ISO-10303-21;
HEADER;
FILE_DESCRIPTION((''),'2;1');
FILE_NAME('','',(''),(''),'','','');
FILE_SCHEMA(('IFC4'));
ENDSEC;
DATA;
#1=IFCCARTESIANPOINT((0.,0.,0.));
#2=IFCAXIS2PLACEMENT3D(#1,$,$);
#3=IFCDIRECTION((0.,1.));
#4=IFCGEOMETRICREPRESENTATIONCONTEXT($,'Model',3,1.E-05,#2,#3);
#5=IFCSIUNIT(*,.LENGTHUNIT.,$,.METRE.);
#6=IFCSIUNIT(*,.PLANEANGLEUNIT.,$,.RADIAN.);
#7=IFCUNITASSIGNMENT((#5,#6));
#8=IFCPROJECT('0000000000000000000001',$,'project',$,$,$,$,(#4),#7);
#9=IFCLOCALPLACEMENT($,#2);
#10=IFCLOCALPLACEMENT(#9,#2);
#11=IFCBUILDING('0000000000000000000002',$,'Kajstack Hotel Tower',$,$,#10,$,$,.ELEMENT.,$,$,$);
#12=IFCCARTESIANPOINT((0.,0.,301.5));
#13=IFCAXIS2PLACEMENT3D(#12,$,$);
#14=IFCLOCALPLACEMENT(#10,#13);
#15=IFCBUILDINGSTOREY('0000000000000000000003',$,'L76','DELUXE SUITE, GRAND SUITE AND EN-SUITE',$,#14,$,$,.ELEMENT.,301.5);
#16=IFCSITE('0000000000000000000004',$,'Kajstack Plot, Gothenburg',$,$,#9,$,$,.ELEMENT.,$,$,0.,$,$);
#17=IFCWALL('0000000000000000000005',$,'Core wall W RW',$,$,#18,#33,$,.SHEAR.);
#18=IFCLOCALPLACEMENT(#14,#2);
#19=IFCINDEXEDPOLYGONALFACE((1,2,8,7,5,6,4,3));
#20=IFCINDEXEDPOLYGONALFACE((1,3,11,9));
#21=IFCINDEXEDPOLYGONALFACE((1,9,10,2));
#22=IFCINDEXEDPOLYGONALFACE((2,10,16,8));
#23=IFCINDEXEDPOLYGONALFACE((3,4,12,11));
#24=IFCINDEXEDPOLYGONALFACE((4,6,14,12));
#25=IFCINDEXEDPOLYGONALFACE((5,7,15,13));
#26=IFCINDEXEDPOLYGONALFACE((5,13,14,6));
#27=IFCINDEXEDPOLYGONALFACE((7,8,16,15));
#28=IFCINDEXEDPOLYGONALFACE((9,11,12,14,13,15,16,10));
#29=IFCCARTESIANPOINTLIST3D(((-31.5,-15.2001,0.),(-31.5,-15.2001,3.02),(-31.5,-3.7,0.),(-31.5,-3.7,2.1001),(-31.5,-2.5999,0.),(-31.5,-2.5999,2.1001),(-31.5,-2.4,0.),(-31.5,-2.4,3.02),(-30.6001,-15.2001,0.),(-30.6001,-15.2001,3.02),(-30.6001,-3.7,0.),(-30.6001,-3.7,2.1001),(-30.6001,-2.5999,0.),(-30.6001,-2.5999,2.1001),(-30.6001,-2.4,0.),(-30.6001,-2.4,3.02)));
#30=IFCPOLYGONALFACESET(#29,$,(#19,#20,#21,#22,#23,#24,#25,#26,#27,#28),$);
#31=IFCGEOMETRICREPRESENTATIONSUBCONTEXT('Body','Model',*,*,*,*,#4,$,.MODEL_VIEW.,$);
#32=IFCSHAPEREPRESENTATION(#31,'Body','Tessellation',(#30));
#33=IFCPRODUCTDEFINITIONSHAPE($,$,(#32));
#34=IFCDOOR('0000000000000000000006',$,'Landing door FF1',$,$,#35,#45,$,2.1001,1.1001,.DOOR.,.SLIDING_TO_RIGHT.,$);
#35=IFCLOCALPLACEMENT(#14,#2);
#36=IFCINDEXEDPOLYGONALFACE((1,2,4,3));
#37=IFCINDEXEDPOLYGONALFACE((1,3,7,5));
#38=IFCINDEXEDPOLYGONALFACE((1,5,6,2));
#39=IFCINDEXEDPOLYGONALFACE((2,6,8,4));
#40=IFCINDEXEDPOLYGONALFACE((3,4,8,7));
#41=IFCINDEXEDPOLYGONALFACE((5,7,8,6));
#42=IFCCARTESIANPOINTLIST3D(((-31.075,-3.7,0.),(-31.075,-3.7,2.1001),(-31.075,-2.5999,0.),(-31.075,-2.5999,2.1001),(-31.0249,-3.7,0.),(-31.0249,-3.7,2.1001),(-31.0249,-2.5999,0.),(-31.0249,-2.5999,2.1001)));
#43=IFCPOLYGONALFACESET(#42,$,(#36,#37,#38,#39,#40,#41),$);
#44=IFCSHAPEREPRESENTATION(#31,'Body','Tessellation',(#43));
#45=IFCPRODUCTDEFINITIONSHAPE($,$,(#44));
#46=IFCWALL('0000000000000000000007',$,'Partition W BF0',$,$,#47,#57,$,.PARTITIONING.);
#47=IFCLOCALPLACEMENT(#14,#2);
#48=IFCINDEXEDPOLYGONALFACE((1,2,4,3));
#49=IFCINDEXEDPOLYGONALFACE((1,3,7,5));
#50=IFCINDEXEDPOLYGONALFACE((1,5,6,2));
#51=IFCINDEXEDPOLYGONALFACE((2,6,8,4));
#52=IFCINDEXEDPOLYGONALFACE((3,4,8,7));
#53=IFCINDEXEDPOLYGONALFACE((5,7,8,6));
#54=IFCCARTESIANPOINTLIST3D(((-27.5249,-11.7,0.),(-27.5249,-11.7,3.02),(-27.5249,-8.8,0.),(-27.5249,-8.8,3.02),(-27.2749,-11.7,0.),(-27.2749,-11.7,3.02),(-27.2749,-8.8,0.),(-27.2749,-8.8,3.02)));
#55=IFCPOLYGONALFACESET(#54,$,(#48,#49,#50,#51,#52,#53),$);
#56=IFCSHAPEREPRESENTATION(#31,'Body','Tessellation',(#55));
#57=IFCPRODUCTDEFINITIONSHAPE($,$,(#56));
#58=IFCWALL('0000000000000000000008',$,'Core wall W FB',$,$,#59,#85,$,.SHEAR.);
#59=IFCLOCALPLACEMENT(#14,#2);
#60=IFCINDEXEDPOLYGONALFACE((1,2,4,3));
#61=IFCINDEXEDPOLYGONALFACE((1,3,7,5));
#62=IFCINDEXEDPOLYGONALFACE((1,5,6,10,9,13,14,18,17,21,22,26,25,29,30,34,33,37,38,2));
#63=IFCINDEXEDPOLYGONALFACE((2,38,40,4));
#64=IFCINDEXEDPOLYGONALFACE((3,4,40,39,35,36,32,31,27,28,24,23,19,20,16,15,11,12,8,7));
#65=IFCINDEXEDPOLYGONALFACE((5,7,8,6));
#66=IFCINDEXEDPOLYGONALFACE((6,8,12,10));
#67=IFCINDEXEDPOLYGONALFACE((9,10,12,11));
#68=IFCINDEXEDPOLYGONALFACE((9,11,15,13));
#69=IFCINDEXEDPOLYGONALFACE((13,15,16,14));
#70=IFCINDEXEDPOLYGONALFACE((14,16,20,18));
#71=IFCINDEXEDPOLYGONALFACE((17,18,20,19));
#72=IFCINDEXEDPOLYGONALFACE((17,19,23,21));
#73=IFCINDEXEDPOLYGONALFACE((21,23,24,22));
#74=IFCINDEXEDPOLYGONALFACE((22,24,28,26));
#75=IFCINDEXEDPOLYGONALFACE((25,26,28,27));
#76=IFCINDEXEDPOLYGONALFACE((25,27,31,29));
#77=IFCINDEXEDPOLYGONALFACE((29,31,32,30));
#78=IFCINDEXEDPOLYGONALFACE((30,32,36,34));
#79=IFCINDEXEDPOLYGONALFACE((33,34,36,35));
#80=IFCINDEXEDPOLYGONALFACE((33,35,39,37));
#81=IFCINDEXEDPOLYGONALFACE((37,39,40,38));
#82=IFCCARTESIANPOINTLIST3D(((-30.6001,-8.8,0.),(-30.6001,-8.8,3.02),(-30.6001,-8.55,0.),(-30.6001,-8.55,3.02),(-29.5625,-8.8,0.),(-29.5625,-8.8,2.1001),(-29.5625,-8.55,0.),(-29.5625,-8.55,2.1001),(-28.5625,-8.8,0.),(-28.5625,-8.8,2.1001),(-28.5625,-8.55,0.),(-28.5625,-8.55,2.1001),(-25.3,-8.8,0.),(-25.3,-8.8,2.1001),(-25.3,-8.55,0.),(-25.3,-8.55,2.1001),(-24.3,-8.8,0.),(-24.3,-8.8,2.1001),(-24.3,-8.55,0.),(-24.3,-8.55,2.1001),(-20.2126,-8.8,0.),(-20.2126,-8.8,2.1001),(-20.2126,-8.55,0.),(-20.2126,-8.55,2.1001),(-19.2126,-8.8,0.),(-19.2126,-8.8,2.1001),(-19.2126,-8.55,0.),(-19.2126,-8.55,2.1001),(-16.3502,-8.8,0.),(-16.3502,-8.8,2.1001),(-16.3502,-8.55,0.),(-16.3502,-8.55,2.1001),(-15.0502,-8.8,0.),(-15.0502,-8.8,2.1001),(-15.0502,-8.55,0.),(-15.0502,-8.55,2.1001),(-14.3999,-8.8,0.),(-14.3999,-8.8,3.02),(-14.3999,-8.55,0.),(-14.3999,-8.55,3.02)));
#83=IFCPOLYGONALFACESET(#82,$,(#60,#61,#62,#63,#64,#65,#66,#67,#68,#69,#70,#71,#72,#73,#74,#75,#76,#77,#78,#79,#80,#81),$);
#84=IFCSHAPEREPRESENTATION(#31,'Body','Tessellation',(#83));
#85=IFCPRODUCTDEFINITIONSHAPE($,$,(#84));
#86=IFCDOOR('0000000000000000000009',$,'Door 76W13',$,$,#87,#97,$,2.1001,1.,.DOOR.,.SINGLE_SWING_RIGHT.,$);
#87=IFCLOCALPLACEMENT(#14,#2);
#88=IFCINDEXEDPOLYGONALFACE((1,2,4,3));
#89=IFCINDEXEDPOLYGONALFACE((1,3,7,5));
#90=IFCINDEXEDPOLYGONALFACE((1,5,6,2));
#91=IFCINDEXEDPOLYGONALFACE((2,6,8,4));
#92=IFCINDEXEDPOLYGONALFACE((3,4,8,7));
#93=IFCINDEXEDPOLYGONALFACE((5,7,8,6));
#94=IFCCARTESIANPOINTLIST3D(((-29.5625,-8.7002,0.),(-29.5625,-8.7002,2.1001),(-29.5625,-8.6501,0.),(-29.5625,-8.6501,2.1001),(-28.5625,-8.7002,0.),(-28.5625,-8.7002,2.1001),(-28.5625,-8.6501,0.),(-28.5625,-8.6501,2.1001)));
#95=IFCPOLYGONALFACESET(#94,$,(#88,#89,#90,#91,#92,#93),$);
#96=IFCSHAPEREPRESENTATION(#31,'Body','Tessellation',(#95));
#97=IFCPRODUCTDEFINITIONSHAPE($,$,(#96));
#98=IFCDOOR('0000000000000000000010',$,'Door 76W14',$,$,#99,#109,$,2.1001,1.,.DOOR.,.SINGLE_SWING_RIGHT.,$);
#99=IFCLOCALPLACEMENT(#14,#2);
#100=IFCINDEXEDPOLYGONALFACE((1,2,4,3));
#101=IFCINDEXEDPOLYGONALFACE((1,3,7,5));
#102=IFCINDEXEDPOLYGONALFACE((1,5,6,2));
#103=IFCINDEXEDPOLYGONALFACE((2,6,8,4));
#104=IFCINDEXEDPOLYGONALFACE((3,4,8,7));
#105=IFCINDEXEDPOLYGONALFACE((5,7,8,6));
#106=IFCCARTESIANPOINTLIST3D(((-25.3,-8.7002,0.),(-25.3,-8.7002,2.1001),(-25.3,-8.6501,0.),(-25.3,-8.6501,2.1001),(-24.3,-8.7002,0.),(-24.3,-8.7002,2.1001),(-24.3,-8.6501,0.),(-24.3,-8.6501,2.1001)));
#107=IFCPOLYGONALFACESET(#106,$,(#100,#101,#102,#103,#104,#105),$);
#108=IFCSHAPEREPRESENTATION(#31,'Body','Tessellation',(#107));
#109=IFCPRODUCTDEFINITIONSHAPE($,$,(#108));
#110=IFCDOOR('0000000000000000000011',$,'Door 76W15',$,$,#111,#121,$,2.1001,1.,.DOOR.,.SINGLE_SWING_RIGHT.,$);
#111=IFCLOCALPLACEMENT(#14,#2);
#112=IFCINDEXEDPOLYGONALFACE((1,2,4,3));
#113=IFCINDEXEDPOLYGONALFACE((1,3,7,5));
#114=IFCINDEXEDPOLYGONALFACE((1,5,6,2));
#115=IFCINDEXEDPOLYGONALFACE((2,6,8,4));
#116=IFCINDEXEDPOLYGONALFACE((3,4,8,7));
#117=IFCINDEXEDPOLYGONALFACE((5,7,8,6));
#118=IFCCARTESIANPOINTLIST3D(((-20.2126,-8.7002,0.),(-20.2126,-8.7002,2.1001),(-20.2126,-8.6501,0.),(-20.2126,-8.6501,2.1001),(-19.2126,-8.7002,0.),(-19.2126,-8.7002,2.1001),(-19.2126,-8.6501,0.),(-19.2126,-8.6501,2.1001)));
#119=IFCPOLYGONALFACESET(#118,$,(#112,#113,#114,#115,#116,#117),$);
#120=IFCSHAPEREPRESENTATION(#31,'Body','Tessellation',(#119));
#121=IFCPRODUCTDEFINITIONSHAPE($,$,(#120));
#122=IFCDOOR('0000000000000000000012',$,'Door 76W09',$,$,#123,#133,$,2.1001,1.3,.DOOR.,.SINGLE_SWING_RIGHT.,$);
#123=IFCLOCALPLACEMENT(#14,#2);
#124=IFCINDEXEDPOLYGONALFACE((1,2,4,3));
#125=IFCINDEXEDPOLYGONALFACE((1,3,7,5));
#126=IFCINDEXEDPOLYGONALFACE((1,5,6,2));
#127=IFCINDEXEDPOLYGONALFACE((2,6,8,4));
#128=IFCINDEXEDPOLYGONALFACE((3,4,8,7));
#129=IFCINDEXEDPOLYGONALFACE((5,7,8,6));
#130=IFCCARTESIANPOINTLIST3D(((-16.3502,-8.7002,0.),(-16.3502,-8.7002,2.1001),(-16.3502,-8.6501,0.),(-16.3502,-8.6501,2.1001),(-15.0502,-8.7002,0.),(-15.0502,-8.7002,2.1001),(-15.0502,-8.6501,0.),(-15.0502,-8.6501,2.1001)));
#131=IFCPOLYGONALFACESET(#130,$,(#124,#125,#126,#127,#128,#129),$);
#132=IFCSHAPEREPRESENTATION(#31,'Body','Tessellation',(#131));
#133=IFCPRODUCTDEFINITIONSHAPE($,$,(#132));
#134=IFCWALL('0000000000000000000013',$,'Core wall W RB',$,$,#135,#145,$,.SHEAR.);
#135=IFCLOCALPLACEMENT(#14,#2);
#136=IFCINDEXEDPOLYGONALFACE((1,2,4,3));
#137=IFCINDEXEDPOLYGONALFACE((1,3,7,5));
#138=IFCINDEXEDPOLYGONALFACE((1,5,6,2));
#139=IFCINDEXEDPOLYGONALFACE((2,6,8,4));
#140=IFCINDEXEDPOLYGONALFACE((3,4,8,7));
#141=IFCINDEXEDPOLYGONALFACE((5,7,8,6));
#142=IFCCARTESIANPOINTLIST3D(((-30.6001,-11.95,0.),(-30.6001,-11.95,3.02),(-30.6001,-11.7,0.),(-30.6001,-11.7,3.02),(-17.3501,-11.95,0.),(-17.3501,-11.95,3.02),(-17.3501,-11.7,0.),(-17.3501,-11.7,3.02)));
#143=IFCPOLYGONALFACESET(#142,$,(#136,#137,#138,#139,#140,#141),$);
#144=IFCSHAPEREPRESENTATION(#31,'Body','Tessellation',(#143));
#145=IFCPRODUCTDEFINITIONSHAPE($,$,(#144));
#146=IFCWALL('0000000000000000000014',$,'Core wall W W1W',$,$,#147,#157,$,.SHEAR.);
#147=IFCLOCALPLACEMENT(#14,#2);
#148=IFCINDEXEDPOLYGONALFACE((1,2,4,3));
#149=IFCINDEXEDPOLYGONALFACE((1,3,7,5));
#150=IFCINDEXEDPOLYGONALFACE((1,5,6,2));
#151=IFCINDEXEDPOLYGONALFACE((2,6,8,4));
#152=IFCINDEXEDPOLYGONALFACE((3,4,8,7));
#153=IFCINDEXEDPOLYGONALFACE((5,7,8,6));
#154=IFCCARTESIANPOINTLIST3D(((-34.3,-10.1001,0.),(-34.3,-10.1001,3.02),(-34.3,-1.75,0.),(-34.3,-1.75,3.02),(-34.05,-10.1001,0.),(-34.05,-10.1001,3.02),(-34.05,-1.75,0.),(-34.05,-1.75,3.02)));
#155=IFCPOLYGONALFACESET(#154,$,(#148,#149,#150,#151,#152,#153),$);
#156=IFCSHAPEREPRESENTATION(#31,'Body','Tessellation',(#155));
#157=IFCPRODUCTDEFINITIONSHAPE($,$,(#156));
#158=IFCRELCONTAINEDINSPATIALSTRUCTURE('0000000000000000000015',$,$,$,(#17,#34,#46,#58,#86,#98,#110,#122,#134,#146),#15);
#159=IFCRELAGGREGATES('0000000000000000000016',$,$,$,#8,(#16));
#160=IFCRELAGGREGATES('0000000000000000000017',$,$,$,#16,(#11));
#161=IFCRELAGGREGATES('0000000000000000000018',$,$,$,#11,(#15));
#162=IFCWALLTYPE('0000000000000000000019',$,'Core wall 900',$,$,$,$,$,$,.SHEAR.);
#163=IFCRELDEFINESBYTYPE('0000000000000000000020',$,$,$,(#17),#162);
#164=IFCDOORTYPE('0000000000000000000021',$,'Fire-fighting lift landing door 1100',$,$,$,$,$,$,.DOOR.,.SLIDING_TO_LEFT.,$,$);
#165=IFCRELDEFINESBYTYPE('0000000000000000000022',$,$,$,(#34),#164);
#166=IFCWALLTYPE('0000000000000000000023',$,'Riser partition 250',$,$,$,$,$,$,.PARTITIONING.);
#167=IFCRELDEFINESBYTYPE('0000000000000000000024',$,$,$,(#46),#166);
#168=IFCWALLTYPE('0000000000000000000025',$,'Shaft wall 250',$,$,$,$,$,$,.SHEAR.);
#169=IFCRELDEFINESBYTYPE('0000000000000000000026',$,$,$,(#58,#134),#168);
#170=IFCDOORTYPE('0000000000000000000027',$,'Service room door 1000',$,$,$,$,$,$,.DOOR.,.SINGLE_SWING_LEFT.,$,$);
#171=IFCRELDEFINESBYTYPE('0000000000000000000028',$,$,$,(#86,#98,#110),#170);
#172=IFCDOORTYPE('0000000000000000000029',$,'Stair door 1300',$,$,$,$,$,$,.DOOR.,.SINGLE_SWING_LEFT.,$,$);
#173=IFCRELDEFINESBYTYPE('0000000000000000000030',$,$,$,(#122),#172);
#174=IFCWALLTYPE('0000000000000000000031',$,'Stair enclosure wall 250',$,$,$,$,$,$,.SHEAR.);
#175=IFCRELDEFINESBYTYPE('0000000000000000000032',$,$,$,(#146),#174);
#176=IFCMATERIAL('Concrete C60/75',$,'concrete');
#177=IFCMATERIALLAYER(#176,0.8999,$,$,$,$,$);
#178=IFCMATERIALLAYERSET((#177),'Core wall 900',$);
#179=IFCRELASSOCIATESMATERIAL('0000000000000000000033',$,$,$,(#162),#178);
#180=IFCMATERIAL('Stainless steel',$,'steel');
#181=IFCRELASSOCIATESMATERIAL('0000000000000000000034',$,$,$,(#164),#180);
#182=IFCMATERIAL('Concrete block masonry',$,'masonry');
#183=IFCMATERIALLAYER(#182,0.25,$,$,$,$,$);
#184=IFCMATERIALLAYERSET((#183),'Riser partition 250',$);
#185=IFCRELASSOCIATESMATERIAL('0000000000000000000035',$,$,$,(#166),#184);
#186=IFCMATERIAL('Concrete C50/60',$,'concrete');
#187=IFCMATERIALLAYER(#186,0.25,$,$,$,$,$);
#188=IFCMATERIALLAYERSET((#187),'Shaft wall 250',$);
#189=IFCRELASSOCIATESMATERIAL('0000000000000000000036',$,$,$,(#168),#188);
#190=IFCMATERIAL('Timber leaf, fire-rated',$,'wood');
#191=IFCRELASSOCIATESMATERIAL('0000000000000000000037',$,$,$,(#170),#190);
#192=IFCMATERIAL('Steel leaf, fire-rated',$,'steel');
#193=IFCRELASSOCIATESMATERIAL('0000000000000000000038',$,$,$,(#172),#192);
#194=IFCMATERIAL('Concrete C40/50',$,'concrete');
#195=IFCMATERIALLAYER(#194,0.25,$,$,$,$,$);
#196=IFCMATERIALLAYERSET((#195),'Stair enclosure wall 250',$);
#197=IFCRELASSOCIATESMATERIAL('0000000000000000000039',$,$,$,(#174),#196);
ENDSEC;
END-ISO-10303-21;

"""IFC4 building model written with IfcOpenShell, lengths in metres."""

from ifc_helpers import new_model, si_unit, direction, frame, frame_2d, origin, place, context, subcontext, project, spatial, rectangle, extrude, material, layer, layer_set, type_object, element, fill, save


model = new_model("IFC4")

# Units and contexts
model_context = context("Model", 3, precision=1e-05, world=origin(), true_north=direction((0.0, 1.0)))
body_context = subcontext(model_context, "Body", "Model", "MODEL_VIEW")
ifc_project = project(units=[si_unit("LENGTHUNIT", "METRE"), si_unit("PLANEANGLEUNIT", "RADIAN")], contexts=[model_context])

# Site, building, storey
site_placement = place(None, origin())
site = spatial("IfcSite", under=ifc_project, at=site_placement, Name="Kajstack Plot, Gothenburg", CompositionType="ELEMENT", RefElevation=0.0)
building_placement = place(site_placement, origin())
building = spatial("IfcBuilding", under=site, at=building_placement, Name="Kajstack Hotel Tower", CompositionType="ELEMENT")
storey_placement = place(building_placement, frame((0.0, 0.0, 301.5)))
storey = spatial("IfcBuildingStorey", under=building, at=storey_placement, Name="L76", Description="DELUXE SUITE, GRAND SUITE AND EN-SUITE", CompositionType="ELEMENT", Elevation=301.5)

# Wall, opening, door
ifc_material_1 = material(Name="Concrete C60/75", Category="concrete")
ifc_layer_1 = layer(ifc_material_1, 0.8999)
ifc_layer_set_1 = layer_set([ifc_layer_1], Name="Core wall 900")
wall_type_1 = type_object("IfcWallType", Name="Core wall 900", PredefinedType="SHEAR", material=ifc_layer_set_1)
wall_1_placement = place(storey_placement, frame((-31.05, -15.2, 0.0), z_axis=(0.0, 0.0, 1.0), x_axis=(0.0, 1.0, 0.0)))
wall_1 = element("IfcWall", 1, at=wall_1_placement, inside=storey, type_object=wall_type_1, Name="Core wall W RW", PredefinedType="SHEAR", context=body_context, shape_type="SweptSolid", body=[
    extrude(rectangle(XDim=12.8, YDim=0.8999, at=frame_2d((6.3999, 0.0))), origin(), (0.0, 0.0, 1.0), 3.02),
])
opening_1_placement = place(wall_1_placement, frame((11.5, 0.0, 0.0)))
opening_1 = element("IfcOpeningElement", 2, at=opening_1_placement, cuts=wall_1, PredefinedType="OPENING", context=body_context, shape_type="SweptSolid", body=[
    extrude(rectangle(XDim=1.1001, YDim=2.1001, at=frame_2d((0.55, 1.05))), frame((0.0, 0.46, 0.0), z_axis=(0.0, -1.0, 0.0), x_axis=(1.0, 0.0, 0.0)), (0.0, 0.0, 1.0), 0.9199),
])
ifc_material_2 = material(Name="Stainless steel", Category="steel")
door_type_1 = type_object("IfcDoorType", Name="Fire-fighting lift landing door 1100", OperationType="SLIDING_TO_LEFT", PredefinedType="DOOR", material=ifc_material_2)
door_1_placement = place(opening_1_placement, origin())
door_1 = element("IfcDoor", 3, at=door_1_placement, inside=storey, type_object=door_type_1, Name="Landing door FF1", OperationType="SLIDING_TO_RIGHT", OverallHeight=2.1001, OverallWidth=1.1001, PredefinedType="DOOR", context=body_context, shape_type="SweptSolid", body=[
    extrude(rectangle(XDim=1.1001, YDim=2.1001, at=frame_2d((0.55, 1.05))), frame((0.0, 0.0249, 0.0), z_axis=(0.0, -1.0, 0.0), x_axis=(1.0, 0.0, 0.0)), (0.0, 0.0, 1.0), 0.05),
])
fill(opening_1, door_1)

# Wall
ifc_material_3 = material(Name="Concrete block masonry", Category="masonry")
ifc_layer_2 = layer(ifc_material_3, 0.25)
ifc_layer_set_2 = layer_set([ifc_layer_2], Name="Riser partition 250")
wall_type_2 = type_object("IfcWallType", Name="Riser partition 250", PredefinedType="PARTITIONING", material=ifc_layer_set_2)
wall_2_placement = place(storey_placement, frame((-27.3999, -11.7, 0.0), z_axis=(0.0, 0.0, 1.0), x_axis=(0.0, 1.0, 0.0)))
element("IfcWall", 4, at=wall_2_placement, inside=storey, type_object=wall_type_2, Name="Partition W BF0", PredefinedType="PARTITIONING", context=body_context, shape_type="SweptSolid", body=[
    extrude(rectangle(XDim=2.8999, YDim=0.25, at=frame_2d((1.45, 0.0))), origin(), (0.0, 0.0, 1.0), 3.02),
])

# Wall, openings, doors
ifc_material_4 = material(Name="Concrete C50/60", Category="concrete")
ifc_layer_3 = layer(ifc_material_4, 0.25)
ifc_layer_set_3 = layer_set([ifc_layer_3], Name="Shaft wall 250")
wall_type_3 = type_object("IfcWallType", Name="Shaft wall 250", PredefinedType="SHEAR", material=ifc_layer_set_3)
wall_3_placement = place(storey_placement, frame((-30.6001, -8.675, 0.0), z_axis=(0.0, 0.0, 1.0), x_axis=(1.0, 0.0, 0.0)))
wall_3 = element("IfcWall", 5, at=wall_3_placement, inside=storey, type_object=wall_type_3, Name="Core wall W FB", PredefinedType="SHEAR", context=body_context, shape_type="SweptSolid", body=[
    extrude(rectangle(XDim=16.2002, YDim=0.25, at=frame_2d((8.1001, 0.0))), origin(), (0.0, 0.0, 1.0), 3.02),
])
opening_2_placement = place(wall_3_placement, frame((14.25, 0.0, 0.0)))
opening_2 = element("IfcOpeningElement", 6, at=opening_2_placement, cuts=wall_3, PredefinedType="OPENING", context=body_context, shape_type="SweptSolid", body=[
    extrude(rectangle(XDim=1.3, YDim=2.1001, at=frame_2d((0.6499, 1.05))), frame((0.0, 0.135, 0.0), z_axis=(0.0, -1.0, 0.0), x_axis=(1.0, 0.0, 0.0)), (0.0, 0.0, 1.0), 0.27),
])
opening_3_placement = place(wall_3_placement, frame((1.0376, 0.0, 0.0)))
opening_3 = element("IfcOpeningElement", 7, at=opening_3_placement, cuts=wall_3, PredefinedType="OPENING", context=body_context, shape_type="SweptSolid", body=[
    extrude(rectangle(XDim=1.0, YDim=2.1001, at=frame_2d((0.5, 1.05))), frame((0.0, 0.135, 0.0), z_axis=(0.0, -1.0, 0.0), x_axis=(1.0, 0.0, 0.0)), (0.0, 0.0, 1.0), 0.27),
])
opening_4_placement = place(wall_3_placement, frame((5.3, 0.0, 0.0)))
opening_4 = element("IfcOpeningElement", 8, at=opening_4_placement, cuts=wall_3, PredefinedType="OPENING", context=body_context, shape_type="SweptSolid", body=[
    extrude(rectangle(XDim=1.0, YDim=2.1001, at=frame_2d((0.5, 1.05))), frame((0.0, 0.135, 0.0), z_axis=(0.0, -1.0, 0.0), x_axis=(1.0, 0.0, 0.0)), (0.0, 0.0, 1.0), 0.27),
])
opening_5_placement = place(wall_3_placement, frame((10.3875, 0.0, 0.0)))
opening_5 = element("IfcOpeningElement", 9, at=opening_5_placement, cuts=wall_3, PredefinedType="OPENING", context=body_context, shape_type="SweptSolid", body=[
    extrude(rectangle(XDim=1.0, YDim=2.1001, at=frame_2d((0.5, 1.05))), frame((0.0, 0.135, 0.0), z_axis=(0.0, -1.0, 0.0), x_axis=(1.0, 0.0, 0.0)), (0.0, 0.0, 1.0), 0.27),
])
ifc_material_5 = material(Name="Timber leaf, fire-rated", Category="wood")
door_type_2 = type_object("IfcDoorType", Name="Service room door 1000", OperationType="SINGLE_SWING_LEFT", PredefinedType="DOOR", material=ifc_material_5)
door_2_placement = place(opening_3_placement, origin())
door_2 = element("IfcDoor", 10, at=door_2_placement, inside=storey, type_object=door_type_2, Name="Door 76W13", OperationType="SINGLE_SWING_RIGHT", OverallHeight=2.1001, OverallWidth=1.0, PredefinedType="DOOR", context=body_context, shape_type="SweptSolid", body=[
    extrude(rectangle(XDim=1.0, YDim=2.1001, at=frame_2d((0.5, 1.05))), frame((0.0, 0.0249, 0.0), z_axis=(0.0, -1.0, 0.0), x_axis=(1.0, 0.0, 0.0)), (0.0, 0.0, 1.0), 0.05),
])
fill(opening_3, door_2)
door_3_placement = place(opening_4_placement, origin())
door_3 = element("IfcDoor", 11, at=door_3_placement, inside=storey, type_object=door_type_2, Name="Door 76W14", OperationType="SINGLE_SWING_RIGHT", OverallHeight=2.1001, OverallWidth=1.0, PredefinedType="DOOR", context=body_context, shape_type="SweptSolid", body=[
    extrude(rectangle(XDim=1.0, YDim=2.1001, at=frame_2d((0.5, 1.05))), frame((0.0, 0.0249, 0.0), z_axis=(0.0, -1.0, 0.0), x_axis=(1.0, 0.0, 0.0)), (0.0, 0.0, 1.0), 0.05),
])
fill(opening_4, door_3)
door_4_placement = place(opening_5_placement, origin())
door_4 = element("IfcDoor", 12, at=door_4_placement, inside=storey, type_object=door_type_2, Name="Door 76W15", OperationType="SINGLE_SWING_RIGHT", OverallHeight=2.1001, OverallWidth=1.0, PredefinedType="DOOR", context=body_context, shape_type="SweptSolid", body=[
    extrude(rectangle(XDim=1.0, YDim=2.1001, at=frame_2d((0.5, 1.05))), frame((0.0, 0.0249, 0.0), z_axis=(0.0, -1.0, 0.0), x_axis=(1.0, 0.0, 0.0)), (0.0, 0.0, 1.0), 0.05),
])
fill(opening_5, door_4)
ifc_material_6 = material(Name="Steel leaf, fire-rated", Category="steel")
door_type_3 = type_object("IfcDoorType", Name="Stair door 1300", OperationType="SINGLE_SWING_LEFT", PredefinedType="DOOR", material=ifc_material_6)
door_5_placement = place(opening_2_placement, origin())
door_5 = element("IfcDoor", 13, at=door_5_placement, inside=storey, type_object=door_type_3, Name="Door 76W09", OperationType="SINGLE_SWING_RIGHT", OverallHeight=2.1001, OverallWidth=1.3, PredefinedType="DOOR", context=body_context, shape_type="SweptSolid", body=[
    extrude(rectangle(XDim=1.3, YDim=2.1001, at=frame_2d((0.6499, 1.05))), frame((0.0, 0.0249, 0.0), z_axis=(0.0, -1.0, 0.0), x_axis=(1.0, 0.0, 0.0)), (0.0, 0.0, 1.0), 0.05),
])
fill(opening_2, door_5)

# Walls
wall_4_placement = place(storey_placement, frame((-30.6001, -11.825, 0.0), z_axis=(0.0, 0.0, 1.0), x_axis=(1.0, 0.0, 0.0)))
element("IfcWall", 14, at=wall_4_placement, inside=storey, type_object=wall_type_3, Name="Core wall W RB", PredefinedType="SHEAR", context=body_context, shape_type="SweptSolid", body=[
    extrude(rectangle(XDim=13.25, YDim=0.25, at=frame_2d((6.625, 0.0))), origin(), (0.0, 0.0, 1.0), 3.02),
])
ifc_material_7 = material(Name="Concrete C40/50", Category="concrete")
ifc_layer_4 = layer(ifc_material_7, 0.25)
ifc_layer_set_4 = layer_set([ifc_layer_4], Name="Stair enclosure wall 250")
wall_type_4 = type_object("IfcWallType", Name="Stair enclosure wall 250", PredefinedType="SHEAR", material=ifc_layer_set_4)
wall_5_placement = place(storey_placement, frame((-34.175, -10.1001, 0.0), z_axis=(0.0, 0.0, 1.0), x_axis=(0.0, 1.0, 0.0)))
element("IfcWall", 15, at=wall_5_placement, inside=storey, type_object=wall_type_4, Name="Core wall W W1W", PredefinedType="SHEAR", context=body_context, shape_type="SweptSolid", body=[
    extrude(rectangle(XDim=8.3501, YDim=0.25, at=frame_2d((4.175, 0.0))), origin(), (0.0, 0.0, 1.0), 3.02),
])

save(model, "model.ifc")
